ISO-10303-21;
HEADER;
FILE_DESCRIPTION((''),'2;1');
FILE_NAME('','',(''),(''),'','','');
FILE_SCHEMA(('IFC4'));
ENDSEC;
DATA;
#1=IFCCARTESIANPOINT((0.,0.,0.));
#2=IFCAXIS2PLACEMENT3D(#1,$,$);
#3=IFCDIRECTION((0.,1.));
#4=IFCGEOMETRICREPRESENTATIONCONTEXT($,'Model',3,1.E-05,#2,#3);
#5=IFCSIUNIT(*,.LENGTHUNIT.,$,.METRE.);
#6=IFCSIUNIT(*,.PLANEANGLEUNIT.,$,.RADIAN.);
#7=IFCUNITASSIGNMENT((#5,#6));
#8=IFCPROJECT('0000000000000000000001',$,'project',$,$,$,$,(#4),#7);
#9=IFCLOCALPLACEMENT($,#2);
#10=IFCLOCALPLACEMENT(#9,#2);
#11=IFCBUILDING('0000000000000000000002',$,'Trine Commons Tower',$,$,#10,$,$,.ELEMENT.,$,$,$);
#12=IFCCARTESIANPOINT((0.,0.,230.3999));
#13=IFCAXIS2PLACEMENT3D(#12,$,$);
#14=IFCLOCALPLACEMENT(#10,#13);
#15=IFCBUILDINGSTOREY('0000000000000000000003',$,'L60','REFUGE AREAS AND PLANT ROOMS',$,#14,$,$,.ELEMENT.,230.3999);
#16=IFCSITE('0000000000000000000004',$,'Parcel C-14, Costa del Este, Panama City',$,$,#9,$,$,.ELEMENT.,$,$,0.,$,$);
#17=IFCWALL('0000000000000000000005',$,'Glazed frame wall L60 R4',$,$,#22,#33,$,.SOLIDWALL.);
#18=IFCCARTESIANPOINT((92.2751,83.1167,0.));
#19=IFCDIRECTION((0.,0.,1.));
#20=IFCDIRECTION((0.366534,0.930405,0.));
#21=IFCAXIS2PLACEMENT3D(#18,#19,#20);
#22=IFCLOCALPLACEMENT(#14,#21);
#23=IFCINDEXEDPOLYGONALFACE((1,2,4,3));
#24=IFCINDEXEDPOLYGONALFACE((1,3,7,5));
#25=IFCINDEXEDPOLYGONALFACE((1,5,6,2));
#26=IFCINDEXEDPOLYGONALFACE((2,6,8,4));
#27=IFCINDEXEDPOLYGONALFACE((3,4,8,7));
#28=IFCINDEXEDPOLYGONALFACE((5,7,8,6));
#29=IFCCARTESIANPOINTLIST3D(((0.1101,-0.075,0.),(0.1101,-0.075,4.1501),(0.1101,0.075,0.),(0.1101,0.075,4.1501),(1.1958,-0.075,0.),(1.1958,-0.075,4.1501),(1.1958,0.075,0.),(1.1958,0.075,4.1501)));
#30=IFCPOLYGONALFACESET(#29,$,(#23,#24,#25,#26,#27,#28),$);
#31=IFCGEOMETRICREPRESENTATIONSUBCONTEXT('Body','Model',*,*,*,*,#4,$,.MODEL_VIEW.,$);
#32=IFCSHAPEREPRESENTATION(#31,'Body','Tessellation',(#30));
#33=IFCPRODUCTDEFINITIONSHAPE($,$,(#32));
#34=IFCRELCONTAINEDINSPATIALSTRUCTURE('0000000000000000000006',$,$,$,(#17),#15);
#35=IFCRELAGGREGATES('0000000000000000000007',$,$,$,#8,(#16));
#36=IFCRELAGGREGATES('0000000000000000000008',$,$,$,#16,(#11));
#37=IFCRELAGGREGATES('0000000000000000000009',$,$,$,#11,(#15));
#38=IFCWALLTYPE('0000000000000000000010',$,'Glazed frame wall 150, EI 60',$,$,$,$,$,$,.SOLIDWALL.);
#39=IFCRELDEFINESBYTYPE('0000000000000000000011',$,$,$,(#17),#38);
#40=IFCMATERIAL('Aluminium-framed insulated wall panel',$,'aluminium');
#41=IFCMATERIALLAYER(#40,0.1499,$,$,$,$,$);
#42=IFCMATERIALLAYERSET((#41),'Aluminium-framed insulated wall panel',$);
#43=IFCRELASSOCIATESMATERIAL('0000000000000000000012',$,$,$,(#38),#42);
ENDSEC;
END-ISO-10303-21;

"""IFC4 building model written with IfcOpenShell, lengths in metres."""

from ifc_helpers import new_model, si_unit, direction, frame, origin, place, context, subcontext, project, spatial, polyline, outline, extrude, material, layer, layer_set, type_object, element, save


model = new_model("IFC4")

# Units and contexts
model_context = context("Model", 3, precision=1e-05, world=origin(), true_north=direction((0.0, 1.0)))
body_context = subcontext(model_context, "Body", "Model", "MODEL_VIEW")
ifc_project = project(units=[si_unit("LENGTHUNIT", "METRE"), si_unit("PLANEANGLEUNIT", "RADIAN")], contexts=[model_context])

# Site, building, storey
site_placement = place(None, origin())
site = spatial("IfcSite", under=ifc_project, at=site_placement, Name="Parcel C-14, Costa del Este, Panama City", CompositionType="ELEMENT", RefElevation=0.0)
building_placement = place(site_placement, origin())
building = spatial("IfcBuilding", under=site, at=building_placement, Name="Trine Commons Tower", CompositionType="ELEMENT")
storey_placement = place(building_placement, frame((0.0, 0.0, 230.3999)))
storey = spatial("IfcBuildingStorey", under=building, at=storey_placement, Name="L60", Description="REFUGE AREAS AND PLANT ROOMS", CompositionType="ELEMENT", Elevation=230.3999)

# Wall
ifc_material_1 = material(Name="Aluminium-framed insulated wall panel", Category="aluminium")
ifc_layer_1 = layer(ifc_material_1, 0.1499)
ifc_layer_set_1 = layer_set([ifc_layer_1], Name="Aluminium-framed insulated wall panel")
wall_type_1 = type_object("IfcWallType", Name="Glazed frame wall 150, EI 60", PredefinedType="SOLIDWALL", material=ifc_layer_set_1)
wall_1_placement = place(storey_placement, frame((92.2751, 83.1167, 0.0), z_axis=(0.0, 0.0, 1.0), x_axis=(0.366534, 0.930405, 0.0)))
element("IfcWall", 1, at=wall_1_placement, inside=storey, type_object=wall_type_1, Name="Glazed frame wall L60 R4", PredefinedType="SOLIDWALL", context=body_context, shape_type="SweptSolid", body=[
    extrude(outline(polyline([(0.1101, 0.075), (0.1101, -0.075), (1.1958, -0.075), (1.1958, 0.075), (0.1101, 0.075)])), origin(), (0.0, 0.0, 1.0), 4.1501),
])

save(model, "model.ifc")
